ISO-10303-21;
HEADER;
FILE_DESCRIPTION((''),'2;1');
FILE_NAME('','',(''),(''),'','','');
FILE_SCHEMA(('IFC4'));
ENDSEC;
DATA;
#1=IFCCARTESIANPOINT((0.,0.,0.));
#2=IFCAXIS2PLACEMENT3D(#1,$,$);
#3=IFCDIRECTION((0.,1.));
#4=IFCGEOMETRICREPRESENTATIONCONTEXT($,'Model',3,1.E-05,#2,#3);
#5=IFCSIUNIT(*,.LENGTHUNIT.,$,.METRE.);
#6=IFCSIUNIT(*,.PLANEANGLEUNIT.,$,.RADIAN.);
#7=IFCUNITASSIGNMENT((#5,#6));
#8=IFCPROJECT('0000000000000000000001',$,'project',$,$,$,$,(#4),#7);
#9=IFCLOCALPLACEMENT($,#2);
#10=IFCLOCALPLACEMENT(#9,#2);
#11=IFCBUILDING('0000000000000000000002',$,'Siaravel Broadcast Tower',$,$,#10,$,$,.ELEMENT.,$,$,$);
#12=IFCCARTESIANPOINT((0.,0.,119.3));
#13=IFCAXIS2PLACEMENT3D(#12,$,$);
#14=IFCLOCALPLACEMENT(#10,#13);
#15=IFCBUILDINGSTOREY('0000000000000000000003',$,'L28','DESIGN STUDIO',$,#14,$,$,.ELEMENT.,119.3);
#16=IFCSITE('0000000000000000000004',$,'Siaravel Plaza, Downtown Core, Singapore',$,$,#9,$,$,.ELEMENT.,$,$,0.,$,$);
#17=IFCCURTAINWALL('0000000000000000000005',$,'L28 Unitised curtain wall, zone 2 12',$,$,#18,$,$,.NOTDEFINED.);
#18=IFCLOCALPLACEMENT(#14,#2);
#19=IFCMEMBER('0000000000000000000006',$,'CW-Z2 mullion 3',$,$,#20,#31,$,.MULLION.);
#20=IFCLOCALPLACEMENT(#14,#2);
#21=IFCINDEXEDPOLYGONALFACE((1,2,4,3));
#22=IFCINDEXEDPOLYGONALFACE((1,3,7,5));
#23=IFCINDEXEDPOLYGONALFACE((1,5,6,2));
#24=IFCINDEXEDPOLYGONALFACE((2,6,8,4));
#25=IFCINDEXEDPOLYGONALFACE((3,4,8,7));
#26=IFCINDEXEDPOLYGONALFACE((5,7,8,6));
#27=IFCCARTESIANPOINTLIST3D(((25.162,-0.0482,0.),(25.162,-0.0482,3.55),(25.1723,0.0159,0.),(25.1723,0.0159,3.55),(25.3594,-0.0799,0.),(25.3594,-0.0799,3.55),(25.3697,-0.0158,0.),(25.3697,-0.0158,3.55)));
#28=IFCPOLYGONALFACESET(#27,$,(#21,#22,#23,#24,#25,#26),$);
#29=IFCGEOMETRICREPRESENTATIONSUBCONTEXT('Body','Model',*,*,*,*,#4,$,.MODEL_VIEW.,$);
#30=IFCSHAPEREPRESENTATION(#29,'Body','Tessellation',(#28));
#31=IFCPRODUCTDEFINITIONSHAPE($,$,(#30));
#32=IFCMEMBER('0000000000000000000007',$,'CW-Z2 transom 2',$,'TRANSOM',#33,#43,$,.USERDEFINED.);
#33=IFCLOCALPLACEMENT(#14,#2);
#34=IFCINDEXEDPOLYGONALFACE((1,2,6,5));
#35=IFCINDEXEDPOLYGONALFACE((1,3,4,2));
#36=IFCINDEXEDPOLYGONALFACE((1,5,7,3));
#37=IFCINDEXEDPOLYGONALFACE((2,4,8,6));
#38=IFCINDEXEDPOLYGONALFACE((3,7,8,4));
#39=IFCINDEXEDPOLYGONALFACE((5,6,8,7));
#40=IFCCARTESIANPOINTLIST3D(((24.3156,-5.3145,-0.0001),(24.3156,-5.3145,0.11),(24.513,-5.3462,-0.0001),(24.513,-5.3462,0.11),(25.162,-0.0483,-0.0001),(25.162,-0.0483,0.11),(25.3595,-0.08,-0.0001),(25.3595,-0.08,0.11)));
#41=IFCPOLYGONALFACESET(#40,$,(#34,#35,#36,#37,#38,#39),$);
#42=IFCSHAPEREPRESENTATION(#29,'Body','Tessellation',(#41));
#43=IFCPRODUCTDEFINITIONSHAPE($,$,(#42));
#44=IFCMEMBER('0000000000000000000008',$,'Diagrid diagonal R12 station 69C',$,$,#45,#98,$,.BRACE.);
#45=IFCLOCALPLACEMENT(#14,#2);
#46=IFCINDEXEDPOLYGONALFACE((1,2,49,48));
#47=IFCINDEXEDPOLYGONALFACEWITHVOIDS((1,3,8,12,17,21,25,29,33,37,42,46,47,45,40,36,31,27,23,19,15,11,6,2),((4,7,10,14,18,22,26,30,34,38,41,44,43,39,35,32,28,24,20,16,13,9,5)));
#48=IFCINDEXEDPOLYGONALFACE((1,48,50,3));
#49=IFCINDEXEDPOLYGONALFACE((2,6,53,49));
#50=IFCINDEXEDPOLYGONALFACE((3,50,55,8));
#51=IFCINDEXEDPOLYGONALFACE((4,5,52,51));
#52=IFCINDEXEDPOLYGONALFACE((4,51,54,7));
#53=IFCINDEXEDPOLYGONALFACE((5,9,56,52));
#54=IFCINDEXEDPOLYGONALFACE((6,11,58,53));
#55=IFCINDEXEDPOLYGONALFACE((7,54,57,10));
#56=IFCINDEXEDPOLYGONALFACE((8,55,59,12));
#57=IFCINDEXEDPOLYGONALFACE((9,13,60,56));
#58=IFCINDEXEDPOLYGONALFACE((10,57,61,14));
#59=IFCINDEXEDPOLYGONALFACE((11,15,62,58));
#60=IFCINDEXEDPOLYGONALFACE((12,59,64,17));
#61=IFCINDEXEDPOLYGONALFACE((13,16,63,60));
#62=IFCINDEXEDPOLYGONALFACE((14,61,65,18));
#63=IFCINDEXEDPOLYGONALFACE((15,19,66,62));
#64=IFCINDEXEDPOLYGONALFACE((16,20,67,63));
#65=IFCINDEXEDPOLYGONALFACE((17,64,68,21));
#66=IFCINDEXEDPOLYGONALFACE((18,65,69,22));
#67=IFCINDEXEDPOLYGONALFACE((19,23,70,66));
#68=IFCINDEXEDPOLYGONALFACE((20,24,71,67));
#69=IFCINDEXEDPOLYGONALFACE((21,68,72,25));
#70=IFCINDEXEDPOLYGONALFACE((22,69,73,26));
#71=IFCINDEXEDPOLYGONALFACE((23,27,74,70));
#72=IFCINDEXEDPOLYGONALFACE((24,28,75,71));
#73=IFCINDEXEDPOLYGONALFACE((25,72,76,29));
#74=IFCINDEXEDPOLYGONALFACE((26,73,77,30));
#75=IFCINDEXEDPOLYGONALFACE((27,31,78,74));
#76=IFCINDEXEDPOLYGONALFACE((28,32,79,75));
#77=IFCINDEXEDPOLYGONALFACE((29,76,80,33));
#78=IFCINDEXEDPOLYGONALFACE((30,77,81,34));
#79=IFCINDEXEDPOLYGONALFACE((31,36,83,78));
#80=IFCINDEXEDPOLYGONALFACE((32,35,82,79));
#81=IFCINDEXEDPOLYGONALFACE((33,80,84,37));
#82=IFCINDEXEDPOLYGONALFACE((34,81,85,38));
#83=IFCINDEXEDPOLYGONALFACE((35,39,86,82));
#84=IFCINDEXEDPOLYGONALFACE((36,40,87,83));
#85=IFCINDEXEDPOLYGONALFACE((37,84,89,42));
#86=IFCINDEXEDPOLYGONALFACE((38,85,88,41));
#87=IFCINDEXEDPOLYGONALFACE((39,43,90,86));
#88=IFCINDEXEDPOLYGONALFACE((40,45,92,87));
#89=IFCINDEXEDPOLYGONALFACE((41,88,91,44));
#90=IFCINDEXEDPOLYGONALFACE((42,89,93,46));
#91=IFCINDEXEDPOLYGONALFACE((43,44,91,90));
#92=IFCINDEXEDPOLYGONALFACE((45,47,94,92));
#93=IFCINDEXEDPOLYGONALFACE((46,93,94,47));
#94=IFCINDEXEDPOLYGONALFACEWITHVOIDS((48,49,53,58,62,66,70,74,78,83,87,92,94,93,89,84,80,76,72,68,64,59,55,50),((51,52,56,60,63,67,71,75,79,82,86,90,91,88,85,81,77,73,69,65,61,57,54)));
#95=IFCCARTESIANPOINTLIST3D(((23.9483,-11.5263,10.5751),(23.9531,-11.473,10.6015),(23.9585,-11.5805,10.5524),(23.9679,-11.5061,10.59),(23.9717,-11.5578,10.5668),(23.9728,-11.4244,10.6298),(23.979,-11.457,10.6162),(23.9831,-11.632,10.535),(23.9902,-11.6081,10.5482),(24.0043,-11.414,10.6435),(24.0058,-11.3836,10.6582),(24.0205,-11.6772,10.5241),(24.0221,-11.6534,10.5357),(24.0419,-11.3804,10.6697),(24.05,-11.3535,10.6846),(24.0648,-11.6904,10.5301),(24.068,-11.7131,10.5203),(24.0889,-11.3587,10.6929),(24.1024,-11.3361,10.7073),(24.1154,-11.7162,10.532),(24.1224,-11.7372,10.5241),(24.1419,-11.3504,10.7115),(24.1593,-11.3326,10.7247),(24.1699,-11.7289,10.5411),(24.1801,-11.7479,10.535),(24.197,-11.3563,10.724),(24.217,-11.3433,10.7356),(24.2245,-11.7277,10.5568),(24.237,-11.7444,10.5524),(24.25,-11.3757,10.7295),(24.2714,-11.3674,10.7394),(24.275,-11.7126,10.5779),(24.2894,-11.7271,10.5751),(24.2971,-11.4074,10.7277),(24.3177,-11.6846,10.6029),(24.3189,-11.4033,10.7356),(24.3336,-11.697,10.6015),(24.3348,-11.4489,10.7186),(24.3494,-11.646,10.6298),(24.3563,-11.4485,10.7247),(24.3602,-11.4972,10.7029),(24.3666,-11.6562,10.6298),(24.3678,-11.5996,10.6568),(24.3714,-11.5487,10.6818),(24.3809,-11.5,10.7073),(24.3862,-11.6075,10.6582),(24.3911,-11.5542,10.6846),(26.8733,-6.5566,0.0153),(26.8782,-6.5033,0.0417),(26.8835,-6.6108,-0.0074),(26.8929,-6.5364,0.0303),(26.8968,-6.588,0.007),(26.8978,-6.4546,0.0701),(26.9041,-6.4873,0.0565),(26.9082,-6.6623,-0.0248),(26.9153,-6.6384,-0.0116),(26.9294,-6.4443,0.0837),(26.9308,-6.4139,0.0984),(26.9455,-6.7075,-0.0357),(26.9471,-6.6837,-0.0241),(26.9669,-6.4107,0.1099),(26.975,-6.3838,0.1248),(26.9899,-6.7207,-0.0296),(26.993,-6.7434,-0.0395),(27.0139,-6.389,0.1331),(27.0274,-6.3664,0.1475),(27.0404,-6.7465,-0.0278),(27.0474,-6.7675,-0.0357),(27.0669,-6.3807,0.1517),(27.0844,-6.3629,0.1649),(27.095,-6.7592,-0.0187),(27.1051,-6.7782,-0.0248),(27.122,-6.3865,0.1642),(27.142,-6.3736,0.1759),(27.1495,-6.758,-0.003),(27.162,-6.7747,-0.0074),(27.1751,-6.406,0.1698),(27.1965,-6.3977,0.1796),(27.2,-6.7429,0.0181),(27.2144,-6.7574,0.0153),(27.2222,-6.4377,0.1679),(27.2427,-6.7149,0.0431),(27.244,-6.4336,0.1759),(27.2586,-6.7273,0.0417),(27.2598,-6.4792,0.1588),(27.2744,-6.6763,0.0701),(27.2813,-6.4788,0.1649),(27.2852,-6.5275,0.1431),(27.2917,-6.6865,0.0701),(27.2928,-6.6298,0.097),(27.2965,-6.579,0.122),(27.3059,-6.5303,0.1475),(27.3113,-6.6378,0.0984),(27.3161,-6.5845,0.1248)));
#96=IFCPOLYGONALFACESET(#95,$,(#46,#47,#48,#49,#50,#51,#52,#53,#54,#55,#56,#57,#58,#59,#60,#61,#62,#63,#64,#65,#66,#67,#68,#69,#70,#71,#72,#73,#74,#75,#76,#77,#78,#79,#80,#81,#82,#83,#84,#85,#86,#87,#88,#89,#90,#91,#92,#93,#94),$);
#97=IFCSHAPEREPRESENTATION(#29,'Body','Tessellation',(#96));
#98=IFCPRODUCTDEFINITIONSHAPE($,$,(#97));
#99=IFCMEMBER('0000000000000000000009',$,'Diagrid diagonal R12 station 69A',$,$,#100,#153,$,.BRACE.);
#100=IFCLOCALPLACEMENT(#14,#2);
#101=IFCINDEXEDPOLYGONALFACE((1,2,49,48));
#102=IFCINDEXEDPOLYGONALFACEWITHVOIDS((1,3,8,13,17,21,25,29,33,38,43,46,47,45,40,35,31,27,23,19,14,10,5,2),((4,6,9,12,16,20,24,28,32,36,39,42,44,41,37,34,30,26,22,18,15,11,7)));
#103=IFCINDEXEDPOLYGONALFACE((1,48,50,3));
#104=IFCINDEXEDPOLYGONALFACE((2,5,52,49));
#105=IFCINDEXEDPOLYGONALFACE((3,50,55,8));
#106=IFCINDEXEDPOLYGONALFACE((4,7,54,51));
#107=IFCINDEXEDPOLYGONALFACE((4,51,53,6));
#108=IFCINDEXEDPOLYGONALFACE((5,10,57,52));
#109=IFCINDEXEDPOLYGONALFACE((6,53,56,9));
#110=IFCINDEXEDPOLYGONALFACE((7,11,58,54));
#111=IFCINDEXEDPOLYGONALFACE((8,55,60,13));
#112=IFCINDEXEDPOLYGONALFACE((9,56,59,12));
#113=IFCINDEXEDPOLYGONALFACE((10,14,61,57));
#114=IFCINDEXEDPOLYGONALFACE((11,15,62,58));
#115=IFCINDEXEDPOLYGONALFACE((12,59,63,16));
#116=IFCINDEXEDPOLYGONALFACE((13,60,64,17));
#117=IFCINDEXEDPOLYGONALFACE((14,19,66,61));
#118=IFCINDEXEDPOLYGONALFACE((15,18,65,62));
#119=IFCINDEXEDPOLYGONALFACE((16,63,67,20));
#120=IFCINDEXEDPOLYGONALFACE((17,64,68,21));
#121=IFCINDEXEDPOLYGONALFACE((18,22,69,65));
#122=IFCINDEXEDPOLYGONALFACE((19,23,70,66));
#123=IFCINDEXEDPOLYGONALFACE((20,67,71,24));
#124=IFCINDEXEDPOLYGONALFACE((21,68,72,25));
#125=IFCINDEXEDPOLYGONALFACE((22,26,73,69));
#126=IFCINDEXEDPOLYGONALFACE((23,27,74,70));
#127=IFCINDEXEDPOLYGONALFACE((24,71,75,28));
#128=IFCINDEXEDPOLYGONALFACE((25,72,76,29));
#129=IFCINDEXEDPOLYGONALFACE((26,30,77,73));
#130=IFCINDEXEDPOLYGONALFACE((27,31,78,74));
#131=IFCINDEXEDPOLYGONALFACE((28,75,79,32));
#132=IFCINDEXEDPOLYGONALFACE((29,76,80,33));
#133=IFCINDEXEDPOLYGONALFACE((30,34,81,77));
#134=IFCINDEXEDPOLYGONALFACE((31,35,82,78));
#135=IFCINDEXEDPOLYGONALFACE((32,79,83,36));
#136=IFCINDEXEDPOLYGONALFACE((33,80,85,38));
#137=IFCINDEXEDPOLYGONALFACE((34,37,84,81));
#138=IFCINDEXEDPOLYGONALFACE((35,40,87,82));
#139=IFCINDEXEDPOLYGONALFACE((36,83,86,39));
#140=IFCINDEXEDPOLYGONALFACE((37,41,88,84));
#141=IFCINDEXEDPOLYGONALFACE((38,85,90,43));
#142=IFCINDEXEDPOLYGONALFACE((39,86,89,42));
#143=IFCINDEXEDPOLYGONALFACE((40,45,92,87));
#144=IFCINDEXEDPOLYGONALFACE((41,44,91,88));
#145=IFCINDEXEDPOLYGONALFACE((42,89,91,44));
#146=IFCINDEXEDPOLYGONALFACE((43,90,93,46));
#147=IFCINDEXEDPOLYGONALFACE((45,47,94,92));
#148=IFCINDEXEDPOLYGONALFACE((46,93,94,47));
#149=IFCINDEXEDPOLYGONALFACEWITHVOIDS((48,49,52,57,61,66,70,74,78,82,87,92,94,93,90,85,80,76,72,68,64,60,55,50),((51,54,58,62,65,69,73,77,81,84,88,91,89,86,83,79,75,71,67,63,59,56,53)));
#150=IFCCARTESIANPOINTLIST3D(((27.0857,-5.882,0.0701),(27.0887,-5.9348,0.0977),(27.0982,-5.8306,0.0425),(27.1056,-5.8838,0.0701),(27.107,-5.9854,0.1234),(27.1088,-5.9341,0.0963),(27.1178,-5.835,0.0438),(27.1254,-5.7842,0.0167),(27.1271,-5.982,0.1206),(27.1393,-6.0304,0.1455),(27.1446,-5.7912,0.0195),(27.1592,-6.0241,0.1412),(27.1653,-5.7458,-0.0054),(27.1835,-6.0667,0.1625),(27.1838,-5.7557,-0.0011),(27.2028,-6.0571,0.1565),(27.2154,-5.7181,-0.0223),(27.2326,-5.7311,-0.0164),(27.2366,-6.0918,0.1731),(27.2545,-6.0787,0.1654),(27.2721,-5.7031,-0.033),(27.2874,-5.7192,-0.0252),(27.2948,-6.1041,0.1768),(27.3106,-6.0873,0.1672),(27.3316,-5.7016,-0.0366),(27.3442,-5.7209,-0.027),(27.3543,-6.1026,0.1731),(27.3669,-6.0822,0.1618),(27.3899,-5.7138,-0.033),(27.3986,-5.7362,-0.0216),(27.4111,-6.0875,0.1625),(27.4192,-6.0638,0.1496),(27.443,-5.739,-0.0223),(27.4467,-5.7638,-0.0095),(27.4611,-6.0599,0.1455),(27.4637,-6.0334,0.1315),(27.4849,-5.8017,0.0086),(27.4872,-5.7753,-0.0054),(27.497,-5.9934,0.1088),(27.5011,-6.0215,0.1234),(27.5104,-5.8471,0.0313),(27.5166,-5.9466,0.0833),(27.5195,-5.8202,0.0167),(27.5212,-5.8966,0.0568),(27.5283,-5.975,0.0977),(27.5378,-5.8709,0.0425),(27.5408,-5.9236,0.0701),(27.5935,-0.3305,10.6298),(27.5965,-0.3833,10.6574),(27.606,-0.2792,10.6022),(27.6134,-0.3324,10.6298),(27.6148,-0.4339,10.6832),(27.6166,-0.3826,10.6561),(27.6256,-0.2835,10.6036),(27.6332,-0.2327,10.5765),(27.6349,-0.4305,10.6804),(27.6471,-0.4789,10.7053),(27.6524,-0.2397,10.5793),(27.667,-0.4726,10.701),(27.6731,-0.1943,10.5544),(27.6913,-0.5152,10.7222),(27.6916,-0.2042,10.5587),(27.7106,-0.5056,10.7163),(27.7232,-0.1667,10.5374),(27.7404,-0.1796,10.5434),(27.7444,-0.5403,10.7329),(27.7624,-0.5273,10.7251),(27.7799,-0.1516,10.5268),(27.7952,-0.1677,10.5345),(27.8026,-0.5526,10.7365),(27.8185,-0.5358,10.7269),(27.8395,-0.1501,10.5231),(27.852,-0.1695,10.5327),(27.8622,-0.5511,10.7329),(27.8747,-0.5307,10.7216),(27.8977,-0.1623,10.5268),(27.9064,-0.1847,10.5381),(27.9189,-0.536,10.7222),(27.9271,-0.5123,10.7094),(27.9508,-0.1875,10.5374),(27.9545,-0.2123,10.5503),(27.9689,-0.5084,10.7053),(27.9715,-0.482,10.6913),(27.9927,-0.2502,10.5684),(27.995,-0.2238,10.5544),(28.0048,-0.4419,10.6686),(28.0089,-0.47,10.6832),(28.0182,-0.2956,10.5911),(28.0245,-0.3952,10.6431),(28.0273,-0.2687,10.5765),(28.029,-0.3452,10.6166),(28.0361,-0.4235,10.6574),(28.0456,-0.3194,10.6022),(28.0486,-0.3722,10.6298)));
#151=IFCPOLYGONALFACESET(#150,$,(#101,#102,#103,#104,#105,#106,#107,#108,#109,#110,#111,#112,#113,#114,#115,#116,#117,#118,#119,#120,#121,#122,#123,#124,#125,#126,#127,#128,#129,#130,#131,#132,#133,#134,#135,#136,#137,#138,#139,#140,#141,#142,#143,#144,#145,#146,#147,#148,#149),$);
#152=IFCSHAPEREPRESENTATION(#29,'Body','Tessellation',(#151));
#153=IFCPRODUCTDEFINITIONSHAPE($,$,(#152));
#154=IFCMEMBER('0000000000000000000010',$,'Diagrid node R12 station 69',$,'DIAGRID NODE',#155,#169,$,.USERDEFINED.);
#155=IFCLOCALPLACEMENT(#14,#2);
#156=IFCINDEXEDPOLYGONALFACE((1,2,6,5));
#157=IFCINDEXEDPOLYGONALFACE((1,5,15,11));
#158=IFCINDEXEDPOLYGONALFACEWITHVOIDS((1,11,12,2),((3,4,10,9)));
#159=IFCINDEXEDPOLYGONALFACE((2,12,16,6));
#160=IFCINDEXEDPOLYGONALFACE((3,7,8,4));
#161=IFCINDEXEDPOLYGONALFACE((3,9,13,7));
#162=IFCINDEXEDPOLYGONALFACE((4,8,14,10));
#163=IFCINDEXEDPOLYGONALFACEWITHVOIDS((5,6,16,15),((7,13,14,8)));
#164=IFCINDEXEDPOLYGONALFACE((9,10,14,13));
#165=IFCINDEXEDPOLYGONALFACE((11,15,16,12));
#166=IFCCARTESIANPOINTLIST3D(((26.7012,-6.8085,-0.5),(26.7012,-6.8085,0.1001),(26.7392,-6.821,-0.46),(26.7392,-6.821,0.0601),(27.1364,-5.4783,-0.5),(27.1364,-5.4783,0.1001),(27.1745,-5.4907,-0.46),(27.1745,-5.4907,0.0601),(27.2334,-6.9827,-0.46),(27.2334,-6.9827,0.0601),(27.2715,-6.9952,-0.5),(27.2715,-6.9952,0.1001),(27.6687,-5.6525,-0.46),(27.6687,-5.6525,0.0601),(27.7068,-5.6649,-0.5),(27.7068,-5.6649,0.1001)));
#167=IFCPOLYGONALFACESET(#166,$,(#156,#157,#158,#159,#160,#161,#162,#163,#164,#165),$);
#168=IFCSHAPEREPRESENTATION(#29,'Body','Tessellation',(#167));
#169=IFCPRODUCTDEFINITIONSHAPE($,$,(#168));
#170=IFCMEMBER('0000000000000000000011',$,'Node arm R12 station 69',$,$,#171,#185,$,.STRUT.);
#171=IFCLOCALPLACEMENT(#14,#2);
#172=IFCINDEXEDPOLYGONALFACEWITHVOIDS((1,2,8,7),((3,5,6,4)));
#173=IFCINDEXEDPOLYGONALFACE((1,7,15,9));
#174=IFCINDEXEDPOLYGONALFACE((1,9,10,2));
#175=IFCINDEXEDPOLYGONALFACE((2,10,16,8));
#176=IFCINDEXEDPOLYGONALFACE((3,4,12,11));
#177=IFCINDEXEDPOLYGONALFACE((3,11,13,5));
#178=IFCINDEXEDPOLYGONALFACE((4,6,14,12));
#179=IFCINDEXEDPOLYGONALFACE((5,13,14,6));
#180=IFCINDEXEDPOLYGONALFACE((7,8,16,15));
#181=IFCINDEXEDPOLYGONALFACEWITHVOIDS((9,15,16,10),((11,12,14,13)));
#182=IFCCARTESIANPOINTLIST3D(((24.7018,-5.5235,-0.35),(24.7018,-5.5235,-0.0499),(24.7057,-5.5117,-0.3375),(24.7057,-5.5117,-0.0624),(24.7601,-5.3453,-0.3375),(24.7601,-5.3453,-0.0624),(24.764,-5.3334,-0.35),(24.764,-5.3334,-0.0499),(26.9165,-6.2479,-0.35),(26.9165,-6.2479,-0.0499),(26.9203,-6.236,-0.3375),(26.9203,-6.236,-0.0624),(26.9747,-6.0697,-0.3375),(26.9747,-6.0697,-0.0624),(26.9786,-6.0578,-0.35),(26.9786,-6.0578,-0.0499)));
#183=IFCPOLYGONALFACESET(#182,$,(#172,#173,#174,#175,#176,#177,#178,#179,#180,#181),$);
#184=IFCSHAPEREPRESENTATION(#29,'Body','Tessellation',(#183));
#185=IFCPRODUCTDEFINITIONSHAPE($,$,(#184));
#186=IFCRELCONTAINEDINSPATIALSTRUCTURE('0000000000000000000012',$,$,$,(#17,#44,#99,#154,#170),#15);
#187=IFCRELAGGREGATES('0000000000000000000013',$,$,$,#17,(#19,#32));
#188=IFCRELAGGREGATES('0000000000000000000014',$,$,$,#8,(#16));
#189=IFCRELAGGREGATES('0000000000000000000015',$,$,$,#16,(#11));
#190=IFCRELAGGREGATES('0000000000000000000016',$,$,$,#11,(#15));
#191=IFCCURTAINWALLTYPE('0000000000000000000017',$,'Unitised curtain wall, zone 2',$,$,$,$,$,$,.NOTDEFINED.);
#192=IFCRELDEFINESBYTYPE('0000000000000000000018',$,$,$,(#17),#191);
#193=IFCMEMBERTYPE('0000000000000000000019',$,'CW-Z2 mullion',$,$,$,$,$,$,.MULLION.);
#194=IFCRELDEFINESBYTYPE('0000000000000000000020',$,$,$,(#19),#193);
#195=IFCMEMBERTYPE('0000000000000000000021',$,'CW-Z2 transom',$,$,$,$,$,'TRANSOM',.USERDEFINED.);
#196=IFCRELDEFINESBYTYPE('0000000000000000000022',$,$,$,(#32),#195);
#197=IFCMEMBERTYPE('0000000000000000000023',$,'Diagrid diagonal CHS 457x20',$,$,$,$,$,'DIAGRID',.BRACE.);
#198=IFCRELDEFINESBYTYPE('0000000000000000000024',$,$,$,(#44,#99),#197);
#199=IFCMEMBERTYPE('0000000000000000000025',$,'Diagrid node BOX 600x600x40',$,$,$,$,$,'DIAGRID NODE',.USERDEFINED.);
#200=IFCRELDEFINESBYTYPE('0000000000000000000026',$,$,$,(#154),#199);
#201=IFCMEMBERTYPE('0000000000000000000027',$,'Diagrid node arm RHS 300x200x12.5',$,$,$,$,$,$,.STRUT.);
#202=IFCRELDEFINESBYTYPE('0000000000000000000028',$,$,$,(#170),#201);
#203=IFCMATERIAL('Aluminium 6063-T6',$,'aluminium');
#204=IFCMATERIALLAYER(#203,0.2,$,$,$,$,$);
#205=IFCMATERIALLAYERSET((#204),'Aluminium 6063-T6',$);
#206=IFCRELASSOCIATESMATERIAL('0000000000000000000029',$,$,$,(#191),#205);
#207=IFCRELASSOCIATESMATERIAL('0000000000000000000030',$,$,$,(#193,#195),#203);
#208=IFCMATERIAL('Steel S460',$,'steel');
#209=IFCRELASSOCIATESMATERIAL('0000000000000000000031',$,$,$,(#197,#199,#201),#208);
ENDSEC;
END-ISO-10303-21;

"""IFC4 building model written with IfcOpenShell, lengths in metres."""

from ifc_helpers import new_model, si_unit, direction, frame, origin, origin_2d, place, context, subcontext, project, spatial, rectangle, hollow_rectangle, hollow_circle, extrude, material, layer, layer_set, material_profile, profile_set, type_object, element, aggregate, save


model = new_model("IFC4")

# Units and contexts
model_context = context("Model", 3, precision=1e-05, world=origin(), true_north=direction((0.0, 1.0)))
body_context = subcontext(model_context, "Body", "Model", "MODEL_VIEW")
ifc_project = project(units=[si_unit("LENGTHUNIT", "METRE"), si_unit("PLANEANGLEUNIT", "RADIAN")], contexts=[model_context])

# Site, building, storey
site_placement = place(None, origin())
site = spatial("IfcSite", under=ifc_project, at=site_placement, Name="Siaravel Plaza, Downtown Core, Singapore", CompositionType="ELEMENT", RefElevation=0.0)
building_placement = place(site_placement, origin())
building = spatial("IfcBuilding", under=site, at=building_placement, Name="Siaravel Broadcast Tower", CompositionType="ELEMENT")
storey_placement = place(building_placement, frame((0.0, 0.0, 119.3)))
storey = spatial("IfcBuildingStorey", under=building, at=storey_placement, Name="L28", Description="DESIGN STUDIO", CompositionType="ELEMENT", Elevation=119.3)

# Curtain wall, members
ifc_material_1 = material(Name="Aluminium 6063-T6", Category="aluminium")
ifc_layer_1 = layer(ifc_material_1, 0.2)
ifc_layer_set_1 = layer_set([ifc_layer_1], Name="Aluminium 6063-T6")
curtain_wall_type = type_object("IfcCurtainWallType", Name="Unitised curtain wall, zone 2", PredefinedType="NOTDEFINED", material=ifc_layer_set_1)
curtain_wall_placement = place(storey_placement, origin())
curtain_wall = element("IfcCurtainWall", 1, at=curtain_wall_placement, inside=storey, type_object=curtain_wall_type, Name="L28 Unitised curtain wall, zone 2 12", PredefinedType="NOTDEFINED")
ifc_material_profile_1 = material_profile(ifc_material_1, rectangle(XDim=0.2, YDim=0.0649, at=origin_2d()))
ifc_profile_set_1 = profile_set([ifc_material_profile_1], Name="Aluminium 6063-T6")
member_type_1 = type_object("IfcMemberType", Name="CW-Z2 mullion", PredefinedType="MULLION", material=ifc_profile_set_1)
member_1_placement = place(storey_placement, frame((25.2659, -0.032, 0.0), z_axis=(0.0, 0.0, 1.0), x_axis=(-0.987329, 0.158686, 0.0)))
member_1 = element("IfcMember", 2, at=member_1_placement, type_object=member_type_1, Name="CW-Z2 mullion 3", PredefinedType="MULLION", context=body_context, shape_type="SweptSolid", body=[
    extrude(rectangle(XDim=0.2, YDim=0.0649, at=origin_2d()), origin(), (0.0, 0.0, 1.0), 3.55),
])
ifc_material_profile_2 = material_profile(ifc_material_1, rectangle(XDim=0.2, YDim=0.1101, at=origin_2d()))
ifc_profile_set_2 = profile_set([ifc_material_profile_2], Name="Aluminium 6063-T6")
member_type_2 = type_object("IfcMemberType", Name="CW-Z2 transom", ElementType="TRANSOM", PredefinedType="USERDEFINED", material=ifc_profile_set_2)
member_2_placement = place(storey_placement, frame((24.4143, -5.3303, 0.0549), z_axis=(0.158696, 0.987328, 0.0), x_axis=(-0.987328, 0.158696, 0.0)))
member_2 = element("IfcMember", 3, at=member_2_placement, type_object=member_type_2, Name="CW-Z2 transom 2", ObjectType="TRANSOM", PredefinedType="USERDEFINED", context=body_context, shape_type="SweptSolid", body=[
    extrude(rectangle(XDim=0.2, YDim=0.1101, at=origin_2d()), origin(), (0.0, 0.0, 1.0), 5.3337),
])

# Members
ifc_material_2 = material(Name="Steel S460", Category="steel")
ifc_material_profile_3 = material_profile(ifc_material_2, hollow_circle(Radius=0.2285, WallThickness=0.02, at=origin_2d()))
ifc_profile_set_3 = profile_set([ifc_material_profile_3], Name="Steel S460")
member_type_3 = type_object("IfcMemberType", Name="Diagrid diagonal CHS 457x20", ElementType="DIAGRID", PredefinedType="BRACE", material=ifc_profile_set_3)
member_3_placement = place(storey_placement, frame((27.0947, -6.5706, 0.0701), z_axis=(-0.24311, -0.41305, 0.87766), x_axis=(0.861807, -0.507237, 0.0)))
element("IfcMember", 4, at=member_3_placement, inside=storey, type_object=member_type_3, Name="Diagrid diagonal R12 station 69C", PredefinedType="BRACE", context=body_context, shape_type="SweptSolid", body=[
    extrude(hollow_circle(Radius=0.2285, WallThickness=0.02, at=origin_2d()), origin(), (0.0, 0.0, 1.0), 12.0317),
])
member_4_placement = place(storey_placement, frame((27.3132, -5.9028, 0.0701), z_axis=(0.042527, 0.464913, 0.884334), x_axis=(-0.995842, 0.091092, 0.0)))
element("IfcMember", 5, at=member_4_placement, inside=storey, type_object=member_type_3, Name="Diagrid diagonal R12 station 69A", PredefinedType="BRACE", context=body_context, shape_type="SweptSolid", body=[
    extrude(hollow_circle(Radius=0.2285, WallThickness=0.02, at=origin_2d()), origin(), (0.0, 0.0, 1.0), 11.9409),
])
ifc_material_profile_4 = material_profile(ifc_material_2, hollow_rectangle(XDim=0.6001, YDim=0.6001, WallThickness=0.04, at=origin_2d()))
ifc_profile_set_4 = profile_set([ifc_material_profile_4], Name="Steel S460")
member_type_4 = type_object("IfcMemberType", Name="Diagrid node BOX 600x600x40", ElementType="DIAGRID NODE", PredefinedType="USERDEFINED", material=ifc_profile_set_4)
member_5_placement = place(storey_placement, frame((26.9863, -6.9019, -0.2), z_axis=(0.31099, 0.950413, 0.0), x_axis=(-0.950413, 0.31099, 0.0)))
element("IfcMember", 6, at=member_5_placement, inside=storey, type_object=member_type_4, Name="Diagrid node R12 station 69", ObjectType="DIAGRID NODE", PredefinedType="USERDEFINED", context=body_context, shape_type="SweptSolid", body=[
    extrude(hollow_rectangle(XDim=0.6001, YDim=0.6001, WallThickness=0.04, at=origin_2d()), origin(), (0.0, 0.0, 1.0), 1.3997),
])
ifc_material_profile_5 = material_profile(ifc_material_2, hollow_rectangle(XDim=0.2, YDim=0.3, WallThickness=0.0125, at=origin_2d()))
ifc_profile_set_5 = profile_set([ifc_material_profile_5], Name="Steel S460")
member_type_5 = type_object("IfcMemberType", Name="Diagrid node arm RHS 300x200x12.5", PredefinedType="STRUT", material=ifc_profile_set_5)
member_6_placement = place(storey_placement, frame((24.7329, -5.4285, -0.2), z_axis=(0.950449, -0.310879, 0.0), x_axis=(0.310879, 0.950449, 0.0)))
element("IfcMember", 7, at=member_6_placement, inside=storey, type_object=member_type_5, Name="Node arm R12 station 69", PredefinedType="STRUT", context=body_context, shape_type="SweptSolid", body=[
    extrude(hollow_rectangle(XDim=0.2, YDim=0.3, WallThickness=0.0125, at=origin_2d()), origin(), (0.0, 0.0, 1.0), 2.3301),
])

aggregate(curtain_wall, [member_1, member_2])

save(model, "model.ifc")
